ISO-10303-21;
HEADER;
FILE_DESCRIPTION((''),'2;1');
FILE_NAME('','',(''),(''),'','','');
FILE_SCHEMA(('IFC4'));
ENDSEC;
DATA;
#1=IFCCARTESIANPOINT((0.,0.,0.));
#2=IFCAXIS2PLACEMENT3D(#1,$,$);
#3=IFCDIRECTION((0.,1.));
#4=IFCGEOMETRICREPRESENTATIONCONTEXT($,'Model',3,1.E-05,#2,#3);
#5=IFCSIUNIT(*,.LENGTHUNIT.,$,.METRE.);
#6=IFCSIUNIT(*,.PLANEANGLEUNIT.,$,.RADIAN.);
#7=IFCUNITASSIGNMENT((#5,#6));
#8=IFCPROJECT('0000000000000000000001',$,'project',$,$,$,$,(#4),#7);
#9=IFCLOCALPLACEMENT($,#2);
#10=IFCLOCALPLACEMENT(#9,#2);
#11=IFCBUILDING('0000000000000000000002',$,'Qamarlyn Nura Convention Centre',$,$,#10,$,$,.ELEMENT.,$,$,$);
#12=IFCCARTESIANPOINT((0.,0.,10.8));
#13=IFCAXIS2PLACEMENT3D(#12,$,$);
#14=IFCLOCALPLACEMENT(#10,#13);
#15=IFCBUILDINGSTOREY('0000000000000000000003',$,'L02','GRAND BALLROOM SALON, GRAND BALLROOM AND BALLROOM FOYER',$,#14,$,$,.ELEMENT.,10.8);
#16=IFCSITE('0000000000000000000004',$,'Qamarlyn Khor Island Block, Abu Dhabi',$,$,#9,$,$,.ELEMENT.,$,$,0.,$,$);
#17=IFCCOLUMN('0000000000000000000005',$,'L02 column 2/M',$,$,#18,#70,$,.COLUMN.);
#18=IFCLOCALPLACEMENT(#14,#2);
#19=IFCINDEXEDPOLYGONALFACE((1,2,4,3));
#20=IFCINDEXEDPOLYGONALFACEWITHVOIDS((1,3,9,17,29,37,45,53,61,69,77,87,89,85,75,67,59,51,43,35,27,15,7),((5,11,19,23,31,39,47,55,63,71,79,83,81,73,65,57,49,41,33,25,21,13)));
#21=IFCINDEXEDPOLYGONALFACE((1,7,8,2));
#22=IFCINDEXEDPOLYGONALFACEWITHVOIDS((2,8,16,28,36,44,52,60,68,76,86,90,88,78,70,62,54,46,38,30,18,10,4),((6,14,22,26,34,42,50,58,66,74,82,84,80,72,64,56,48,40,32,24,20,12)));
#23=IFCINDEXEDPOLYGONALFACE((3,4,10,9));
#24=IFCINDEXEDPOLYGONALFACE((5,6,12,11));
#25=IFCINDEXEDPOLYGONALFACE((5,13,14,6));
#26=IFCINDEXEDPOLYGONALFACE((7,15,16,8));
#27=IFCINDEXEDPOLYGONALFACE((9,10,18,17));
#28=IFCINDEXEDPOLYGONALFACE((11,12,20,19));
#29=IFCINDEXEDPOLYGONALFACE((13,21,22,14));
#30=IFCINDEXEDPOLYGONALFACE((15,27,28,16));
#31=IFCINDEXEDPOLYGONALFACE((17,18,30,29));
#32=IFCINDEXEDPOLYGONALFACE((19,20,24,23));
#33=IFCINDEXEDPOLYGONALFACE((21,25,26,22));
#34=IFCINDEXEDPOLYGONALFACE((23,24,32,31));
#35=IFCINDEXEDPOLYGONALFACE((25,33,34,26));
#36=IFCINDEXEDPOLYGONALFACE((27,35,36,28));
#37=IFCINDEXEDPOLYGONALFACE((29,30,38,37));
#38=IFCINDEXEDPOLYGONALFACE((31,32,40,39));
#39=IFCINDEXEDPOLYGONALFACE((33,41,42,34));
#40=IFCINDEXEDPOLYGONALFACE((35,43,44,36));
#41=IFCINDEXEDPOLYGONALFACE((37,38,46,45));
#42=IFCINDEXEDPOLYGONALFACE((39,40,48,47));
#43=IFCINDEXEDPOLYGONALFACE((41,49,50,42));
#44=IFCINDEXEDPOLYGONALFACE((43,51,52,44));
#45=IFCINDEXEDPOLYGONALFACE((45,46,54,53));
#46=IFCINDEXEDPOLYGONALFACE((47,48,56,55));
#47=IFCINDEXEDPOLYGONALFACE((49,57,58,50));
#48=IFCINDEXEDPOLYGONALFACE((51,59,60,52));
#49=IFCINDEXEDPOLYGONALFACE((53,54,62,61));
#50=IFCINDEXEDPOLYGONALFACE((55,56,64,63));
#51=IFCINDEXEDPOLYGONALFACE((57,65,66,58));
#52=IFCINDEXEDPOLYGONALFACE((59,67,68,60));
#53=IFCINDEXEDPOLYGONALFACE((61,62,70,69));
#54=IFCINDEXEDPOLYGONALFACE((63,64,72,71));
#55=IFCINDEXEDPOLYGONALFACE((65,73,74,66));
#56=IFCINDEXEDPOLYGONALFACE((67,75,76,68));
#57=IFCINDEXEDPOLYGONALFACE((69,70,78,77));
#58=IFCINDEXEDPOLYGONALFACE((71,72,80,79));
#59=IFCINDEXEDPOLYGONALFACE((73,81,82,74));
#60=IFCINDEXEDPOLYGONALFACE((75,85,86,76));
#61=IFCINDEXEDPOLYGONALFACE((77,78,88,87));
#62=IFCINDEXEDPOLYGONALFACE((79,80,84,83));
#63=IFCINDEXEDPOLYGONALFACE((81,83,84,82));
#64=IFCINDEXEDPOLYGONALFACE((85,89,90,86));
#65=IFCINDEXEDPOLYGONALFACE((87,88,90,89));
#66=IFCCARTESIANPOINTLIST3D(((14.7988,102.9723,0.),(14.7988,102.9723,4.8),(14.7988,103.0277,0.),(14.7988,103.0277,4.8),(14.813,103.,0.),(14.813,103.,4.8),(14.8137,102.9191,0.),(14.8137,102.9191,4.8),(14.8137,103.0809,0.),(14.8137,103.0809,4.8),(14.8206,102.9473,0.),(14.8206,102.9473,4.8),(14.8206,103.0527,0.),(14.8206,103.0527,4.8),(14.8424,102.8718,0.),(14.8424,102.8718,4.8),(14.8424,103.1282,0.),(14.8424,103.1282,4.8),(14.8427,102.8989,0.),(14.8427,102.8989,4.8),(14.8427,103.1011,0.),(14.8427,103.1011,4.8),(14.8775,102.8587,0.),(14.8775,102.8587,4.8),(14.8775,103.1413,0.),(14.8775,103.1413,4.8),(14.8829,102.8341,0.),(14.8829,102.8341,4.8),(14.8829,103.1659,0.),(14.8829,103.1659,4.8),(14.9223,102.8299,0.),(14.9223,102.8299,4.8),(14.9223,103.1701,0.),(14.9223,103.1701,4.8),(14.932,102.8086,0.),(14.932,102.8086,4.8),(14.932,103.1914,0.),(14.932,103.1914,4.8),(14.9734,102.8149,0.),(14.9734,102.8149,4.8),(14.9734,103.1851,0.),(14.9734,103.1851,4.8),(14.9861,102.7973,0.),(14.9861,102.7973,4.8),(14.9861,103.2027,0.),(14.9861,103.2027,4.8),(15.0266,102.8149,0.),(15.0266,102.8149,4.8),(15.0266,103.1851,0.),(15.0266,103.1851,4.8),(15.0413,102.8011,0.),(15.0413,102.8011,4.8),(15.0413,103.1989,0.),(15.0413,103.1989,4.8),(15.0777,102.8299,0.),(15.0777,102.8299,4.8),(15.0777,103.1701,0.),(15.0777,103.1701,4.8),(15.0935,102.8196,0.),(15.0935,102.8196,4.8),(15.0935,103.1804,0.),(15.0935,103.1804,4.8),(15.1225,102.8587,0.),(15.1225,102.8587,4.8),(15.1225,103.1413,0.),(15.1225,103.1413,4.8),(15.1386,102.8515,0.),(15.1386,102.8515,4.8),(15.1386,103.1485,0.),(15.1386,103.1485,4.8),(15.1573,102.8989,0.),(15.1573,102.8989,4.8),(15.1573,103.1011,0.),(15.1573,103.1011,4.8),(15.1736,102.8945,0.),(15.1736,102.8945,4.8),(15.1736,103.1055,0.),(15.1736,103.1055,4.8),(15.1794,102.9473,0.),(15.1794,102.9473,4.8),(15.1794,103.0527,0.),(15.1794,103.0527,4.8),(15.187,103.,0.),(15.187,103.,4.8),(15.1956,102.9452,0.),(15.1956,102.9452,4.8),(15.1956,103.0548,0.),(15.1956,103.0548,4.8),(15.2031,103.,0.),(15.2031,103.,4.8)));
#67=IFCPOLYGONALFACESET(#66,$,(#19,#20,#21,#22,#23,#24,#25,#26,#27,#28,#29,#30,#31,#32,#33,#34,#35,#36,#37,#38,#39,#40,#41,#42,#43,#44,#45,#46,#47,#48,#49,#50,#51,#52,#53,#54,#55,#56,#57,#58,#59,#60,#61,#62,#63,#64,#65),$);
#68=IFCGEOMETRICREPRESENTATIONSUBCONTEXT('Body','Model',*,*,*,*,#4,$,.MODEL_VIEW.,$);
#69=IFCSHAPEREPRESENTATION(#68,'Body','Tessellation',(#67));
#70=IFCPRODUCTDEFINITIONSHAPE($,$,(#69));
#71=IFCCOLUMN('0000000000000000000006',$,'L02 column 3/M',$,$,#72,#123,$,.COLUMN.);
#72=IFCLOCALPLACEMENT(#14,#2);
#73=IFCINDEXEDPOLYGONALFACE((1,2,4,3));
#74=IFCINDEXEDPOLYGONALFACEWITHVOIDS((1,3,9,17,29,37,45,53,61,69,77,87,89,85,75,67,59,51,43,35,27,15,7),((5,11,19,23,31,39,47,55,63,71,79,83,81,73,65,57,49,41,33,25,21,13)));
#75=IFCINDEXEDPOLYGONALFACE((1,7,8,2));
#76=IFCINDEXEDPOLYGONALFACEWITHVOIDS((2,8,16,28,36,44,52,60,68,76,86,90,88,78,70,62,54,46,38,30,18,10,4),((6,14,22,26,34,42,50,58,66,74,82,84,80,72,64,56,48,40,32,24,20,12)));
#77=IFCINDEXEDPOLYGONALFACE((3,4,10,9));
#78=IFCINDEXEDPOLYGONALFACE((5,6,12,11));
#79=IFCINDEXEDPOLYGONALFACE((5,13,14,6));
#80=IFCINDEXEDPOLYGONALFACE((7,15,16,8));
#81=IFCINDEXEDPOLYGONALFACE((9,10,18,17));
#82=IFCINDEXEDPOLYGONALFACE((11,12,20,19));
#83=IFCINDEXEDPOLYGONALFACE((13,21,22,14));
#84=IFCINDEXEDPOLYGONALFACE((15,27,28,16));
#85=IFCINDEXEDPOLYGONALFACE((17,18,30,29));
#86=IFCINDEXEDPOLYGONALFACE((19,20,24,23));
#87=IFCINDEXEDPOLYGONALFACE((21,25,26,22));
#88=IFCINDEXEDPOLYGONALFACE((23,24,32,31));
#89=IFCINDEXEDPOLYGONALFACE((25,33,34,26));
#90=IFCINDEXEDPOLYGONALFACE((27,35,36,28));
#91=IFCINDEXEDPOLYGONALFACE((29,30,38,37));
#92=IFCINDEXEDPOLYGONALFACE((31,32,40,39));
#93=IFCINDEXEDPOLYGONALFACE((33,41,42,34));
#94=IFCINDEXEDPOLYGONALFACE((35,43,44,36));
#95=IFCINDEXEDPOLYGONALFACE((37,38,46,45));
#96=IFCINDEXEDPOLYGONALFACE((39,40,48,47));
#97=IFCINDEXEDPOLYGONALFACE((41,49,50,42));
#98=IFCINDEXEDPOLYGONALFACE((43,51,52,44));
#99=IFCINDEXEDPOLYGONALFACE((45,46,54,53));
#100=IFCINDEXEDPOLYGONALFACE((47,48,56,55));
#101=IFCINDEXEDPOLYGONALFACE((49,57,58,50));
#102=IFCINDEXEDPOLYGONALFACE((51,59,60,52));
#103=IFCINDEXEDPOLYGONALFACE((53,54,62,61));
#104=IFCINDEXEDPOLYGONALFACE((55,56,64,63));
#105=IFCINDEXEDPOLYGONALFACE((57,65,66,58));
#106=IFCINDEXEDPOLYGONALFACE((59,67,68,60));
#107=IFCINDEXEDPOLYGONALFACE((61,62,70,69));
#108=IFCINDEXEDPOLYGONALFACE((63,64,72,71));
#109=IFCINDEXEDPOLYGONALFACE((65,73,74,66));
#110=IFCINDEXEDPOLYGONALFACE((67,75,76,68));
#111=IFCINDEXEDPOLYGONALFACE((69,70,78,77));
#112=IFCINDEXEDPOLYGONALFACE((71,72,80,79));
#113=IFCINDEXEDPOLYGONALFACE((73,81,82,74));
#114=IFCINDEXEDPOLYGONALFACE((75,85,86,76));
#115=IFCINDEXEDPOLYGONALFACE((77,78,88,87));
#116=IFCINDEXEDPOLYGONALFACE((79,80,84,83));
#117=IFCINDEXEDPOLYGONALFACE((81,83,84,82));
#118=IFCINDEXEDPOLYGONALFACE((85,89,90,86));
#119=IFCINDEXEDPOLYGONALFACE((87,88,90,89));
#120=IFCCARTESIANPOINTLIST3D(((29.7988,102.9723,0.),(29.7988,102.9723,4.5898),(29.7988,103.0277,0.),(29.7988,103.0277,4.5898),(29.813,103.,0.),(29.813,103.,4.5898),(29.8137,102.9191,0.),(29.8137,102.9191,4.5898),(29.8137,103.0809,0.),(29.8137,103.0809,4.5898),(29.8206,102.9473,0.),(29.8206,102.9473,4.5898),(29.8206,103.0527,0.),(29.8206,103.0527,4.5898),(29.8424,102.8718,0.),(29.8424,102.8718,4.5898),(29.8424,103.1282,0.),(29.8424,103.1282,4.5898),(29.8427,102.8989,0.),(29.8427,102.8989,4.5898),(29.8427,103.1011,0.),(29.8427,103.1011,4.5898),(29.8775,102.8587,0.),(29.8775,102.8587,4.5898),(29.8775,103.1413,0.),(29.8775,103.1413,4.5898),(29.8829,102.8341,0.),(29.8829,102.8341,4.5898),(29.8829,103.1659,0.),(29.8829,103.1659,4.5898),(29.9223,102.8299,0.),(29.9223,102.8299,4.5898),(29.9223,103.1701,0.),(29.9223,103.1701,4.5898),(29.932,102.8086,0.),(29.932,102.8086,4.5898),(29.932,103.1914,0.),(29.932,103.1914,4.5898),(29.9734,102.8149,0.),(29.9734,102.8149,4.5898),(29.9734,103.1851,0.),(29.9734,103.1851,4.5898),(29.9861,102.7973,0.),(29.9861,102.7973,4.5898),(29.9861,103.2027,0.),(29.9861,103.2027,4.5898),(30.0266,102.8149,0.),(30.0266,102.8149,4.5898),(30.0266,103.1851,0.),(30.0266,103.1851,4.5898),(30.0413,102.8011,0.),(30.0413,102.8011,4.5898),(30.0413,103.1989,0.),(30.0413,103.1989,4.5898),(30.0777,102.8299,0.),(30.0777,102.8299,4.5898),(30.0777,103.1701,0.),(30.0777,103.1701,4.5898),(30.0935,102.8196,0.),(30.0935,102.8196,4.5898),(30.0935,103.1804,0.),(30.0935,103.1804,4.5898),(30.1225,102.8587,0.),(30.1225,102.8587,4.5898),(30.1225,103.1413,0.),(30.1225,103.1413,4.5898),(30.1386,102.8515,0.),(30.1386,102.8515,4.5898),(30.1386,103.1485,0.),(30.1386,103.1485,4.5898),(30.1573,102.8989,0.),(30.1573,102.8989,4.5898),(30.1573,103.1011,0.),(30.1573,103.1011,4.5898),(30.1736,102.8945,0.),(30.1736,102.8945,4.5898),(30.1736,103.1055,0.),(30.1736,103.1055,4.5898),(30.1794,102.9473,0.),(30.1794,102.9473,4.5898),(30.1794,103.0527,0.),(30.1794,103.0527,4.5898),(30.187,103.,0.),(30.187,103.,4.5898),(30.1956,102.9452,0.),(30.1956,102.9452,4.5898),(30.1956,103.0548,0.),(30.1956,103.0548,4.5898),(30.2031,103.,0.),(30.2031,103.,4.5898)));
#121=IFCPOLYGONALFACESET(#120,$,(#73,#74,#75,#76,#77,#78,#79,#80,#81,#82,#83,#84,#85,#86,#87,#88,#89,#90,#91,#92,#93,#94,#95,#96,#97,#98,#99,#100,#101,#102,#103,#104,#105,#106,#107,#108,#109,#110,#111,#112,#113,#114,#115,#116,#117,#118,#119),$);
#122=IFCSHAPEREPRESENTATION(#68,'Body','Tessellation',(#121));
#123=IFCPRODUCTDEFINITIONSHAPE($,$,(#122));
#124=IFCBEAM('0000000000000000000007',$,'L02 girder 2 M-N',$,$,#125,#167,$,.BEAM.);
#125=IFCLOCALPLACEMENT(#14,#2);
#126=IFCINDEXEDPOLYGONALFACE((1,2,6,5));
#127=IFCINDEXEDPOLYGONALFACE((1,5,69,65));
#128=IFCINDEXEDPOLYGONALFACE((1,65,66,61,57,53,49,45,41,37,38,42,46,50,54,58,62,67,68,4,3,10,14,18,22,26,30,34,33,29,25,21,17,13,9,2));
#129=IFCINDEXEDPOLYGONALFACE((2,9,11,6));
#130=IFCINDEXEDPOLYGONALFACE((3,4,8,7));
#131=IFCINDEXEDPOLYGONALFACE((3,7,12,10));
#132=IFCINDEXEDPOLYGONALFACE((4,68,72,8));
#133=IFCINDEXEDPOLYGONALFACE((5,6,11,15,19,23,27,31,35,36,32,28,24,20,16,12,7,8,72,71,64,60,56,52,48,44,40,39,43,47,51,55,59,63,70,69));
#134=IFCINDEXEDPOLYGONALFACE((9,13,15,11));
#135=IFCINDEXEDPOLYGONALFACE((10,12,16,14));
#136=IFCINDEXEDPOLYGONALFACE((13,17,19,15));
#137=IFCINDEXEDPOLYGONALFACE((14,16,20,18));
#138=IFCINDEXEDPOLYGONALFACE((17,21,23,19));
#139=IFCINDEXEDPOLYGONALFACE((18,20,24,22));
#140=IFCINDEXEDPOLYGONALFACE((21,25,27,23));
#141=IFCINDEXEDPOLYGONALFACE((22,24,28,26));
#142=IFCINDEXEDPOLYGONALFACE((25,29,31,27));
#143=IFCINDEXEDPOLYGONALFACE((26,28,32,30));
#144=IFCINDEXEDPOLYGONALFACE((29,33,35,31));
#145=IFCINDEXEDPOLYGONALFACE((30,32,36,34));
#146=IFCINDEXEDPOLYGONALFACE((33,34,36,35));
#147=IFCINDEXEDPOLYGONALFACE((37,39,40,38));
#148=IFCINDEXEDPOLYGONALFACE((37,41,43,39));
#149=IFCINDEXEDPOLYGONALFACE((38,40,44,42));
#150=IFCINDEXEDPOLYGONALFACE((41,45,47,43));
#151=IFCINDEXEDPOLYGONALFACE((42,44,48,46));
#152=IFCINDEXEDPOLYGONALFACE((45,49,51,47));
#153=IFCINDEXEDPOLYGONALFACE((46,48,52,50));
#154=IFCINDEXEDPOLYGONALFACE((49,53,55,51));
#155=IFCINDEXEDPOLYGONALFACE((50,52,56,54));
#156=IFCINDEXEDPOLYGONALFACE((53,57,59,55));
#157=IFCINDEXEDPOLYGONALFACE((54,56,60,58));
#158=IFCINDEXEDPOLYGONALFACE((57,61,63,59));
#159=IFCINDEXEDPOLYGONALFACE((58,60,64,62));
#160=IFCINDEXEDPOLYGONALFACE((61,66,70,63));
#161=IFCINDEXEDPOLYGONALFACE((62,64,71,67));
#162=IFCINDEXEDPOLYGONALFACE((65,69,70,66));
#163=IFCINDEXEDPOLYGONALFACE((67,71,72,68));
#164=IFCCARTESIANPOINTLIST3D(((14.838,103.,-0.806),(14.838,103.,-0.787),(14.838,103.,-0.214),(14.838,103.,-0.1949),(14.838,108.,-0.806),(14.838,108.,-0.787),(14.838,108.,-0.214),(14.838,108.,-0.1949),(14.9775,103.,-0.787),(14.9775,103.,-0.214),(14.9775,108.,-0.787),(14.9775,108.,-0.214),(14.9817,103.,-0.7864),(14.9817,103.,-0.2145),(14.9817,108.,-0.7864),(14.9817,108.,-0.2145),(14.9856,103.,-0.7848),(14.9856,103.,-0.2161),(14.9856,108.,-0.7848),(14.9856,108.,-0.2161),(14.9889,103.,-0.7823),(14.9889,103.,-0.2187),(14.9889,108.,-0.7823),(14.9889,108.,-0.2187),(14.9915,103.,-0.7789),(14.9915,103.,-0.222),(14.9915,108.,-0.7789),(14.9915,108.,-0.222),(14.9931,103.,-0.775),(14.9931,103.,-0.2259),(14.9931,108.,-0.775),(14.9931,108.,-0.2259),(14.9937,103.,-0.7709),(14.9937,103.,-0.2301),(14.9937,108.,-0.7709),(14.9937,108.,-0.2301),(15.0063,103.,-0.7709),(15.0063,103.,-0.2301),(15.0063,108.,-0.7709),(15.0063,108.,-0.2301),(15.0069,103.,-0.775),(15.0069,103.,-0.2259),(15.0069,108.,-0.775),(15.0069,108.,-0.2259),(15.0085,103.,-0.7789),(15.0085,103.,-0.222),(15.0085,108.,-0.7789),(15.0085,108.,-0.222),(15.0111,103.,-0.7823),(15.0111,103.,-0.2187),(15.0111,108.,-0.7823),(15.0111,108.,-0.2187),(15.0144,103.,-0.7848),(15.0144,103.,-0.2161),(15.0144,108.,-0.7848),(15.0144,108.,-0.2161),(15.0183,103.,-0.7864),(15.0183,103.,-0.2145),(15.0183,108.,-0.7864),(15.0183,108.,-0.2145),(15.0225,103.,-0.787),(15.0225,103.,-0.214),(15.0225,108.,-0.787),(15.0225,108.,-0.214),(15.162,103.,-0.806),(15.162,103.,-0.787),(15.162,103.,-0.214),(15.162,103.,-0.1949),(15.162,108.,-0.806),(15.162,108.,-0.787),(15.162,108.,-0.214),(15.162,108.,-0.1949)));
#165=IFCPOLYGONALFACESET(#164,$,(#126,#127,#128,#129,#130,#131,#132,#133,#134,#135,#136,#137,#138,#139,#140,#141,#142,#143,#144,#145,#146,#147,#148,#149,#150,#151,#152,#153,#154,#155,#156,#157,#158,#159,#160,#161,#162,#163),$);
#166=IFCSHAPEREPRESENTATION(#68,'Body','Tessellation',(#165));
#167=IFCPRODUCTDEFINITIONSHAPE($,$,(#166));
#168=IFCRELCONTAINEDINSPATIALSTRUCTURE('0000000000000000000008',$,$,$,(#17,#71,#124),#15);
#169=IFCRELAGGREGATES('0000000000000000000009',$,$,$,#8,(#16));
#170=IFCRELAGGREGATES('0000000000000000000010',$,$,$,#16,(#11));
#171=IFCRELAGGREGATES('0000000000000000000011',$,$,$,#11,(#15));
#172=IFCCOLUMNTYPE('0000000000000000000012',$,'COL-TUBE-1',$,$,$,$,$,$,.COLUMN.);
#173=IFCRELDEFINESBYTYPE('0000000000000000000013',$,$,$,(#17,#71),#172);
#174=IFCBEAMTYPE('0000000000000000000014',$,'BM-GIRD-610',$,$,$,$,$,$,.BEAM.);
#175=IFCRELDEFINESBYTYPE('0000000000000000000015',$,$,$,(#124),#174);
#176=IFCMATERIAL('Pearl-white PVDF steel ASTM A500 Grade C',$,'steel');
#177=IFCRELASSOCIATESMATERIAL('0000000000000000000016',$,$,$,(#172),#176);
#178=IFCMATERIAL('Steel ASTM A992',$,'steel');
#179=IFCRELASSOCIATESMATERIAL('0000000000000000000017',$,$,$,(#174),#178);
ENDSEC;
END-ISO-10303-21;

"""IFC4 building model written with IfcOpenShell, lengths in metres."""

from ifc_helpers import new_model, si_unit, direction, frame, origin, origin_2d, place, context, subcontext, project, spatial, hollow_circle, i_section, extrude, material, material_profile, profile_set, type_object, element, save


model = new_model("IFC4")

# Units and contexts
model_context = context("Model", 3, precision=1e-05, world=origin(), true_north=direction((0.0, 1.0)))
body_context = subcontext(model_context, "Body", "Model", "MODEL_VIEW")
ifc_project = project(units=[si_unit("LENGTHUNIT", "METRE"), si_unit("PLANEANGLEUNIT", "RADIAN")], contexts=[model_context])

# Site, building, storey
site_placement = place(None, origin())
site = spatial("IfcSite", under=ifc_project, at=site_placement, Name="Qamarlyn Khor Island Block, Abu Dhabi", CompositionType="ELEMENT", RefElevation=0.0)
building_placement = place(site_placement, origin())
building = spatial("IfcBuilding", under=site, at=building_placement, Name="Qamarlyn Nura Convention Centre", CompositionType="ELEMENT")
storey_placement = place(building_placement, frame((0.0, 0.0, 10.8)))
storey = spatial("IfcBuildingStorey", under=building, at=storey_placement, Name="L02", Description="GRAND BALLROOM SALON, GRAND BALLROOM AND BALLROOM FOYER", CompositionType="ELEMENT", Elevation=10.8)

# Columns
ifc_material_1 = material(Name="Pearl-white PVDF steel ASTM A500 Grade C", Category="steel")
ifc_material_profile_1 = material_profile(ifc_material_1, hollow_circle(Radius=0.2031, WallThickness=0.0161, at=origin_2d()), Name="CHS406.4X16")
ifc_profile_set_1 = profile_set([ifc_material_profile_1], Name="Pearl-white PVDF steel ASTM A500 Grade C")
column_type = type_object("IfcColumnType", Name="COL-TUBE-1", PredefinedType="COLUMN", material=ifc_profile_set_1)
column_1_placement = place(storey_placement, frame((15.0, 103.0, 0.0), z_axis=(0.0, 0.0, 1.0), x_axis=(1.0, 0.0, 0.0)))
element("IfcColumn", 1, at=column_1_placement, inside=storey, type_object=column_type, Name="L02 column 2/M", PredefinedType="COLUMN", context=body_context, shape_type="SweptSolid", body=[
    extrude(hollow_circle(Radius=0.2031, WallThickness=0.0161, at=origin_2d()), origin(), (0.0, 0.0, 1.0), 4.8),
])
column_2_placement = place(storey_placement, frame((30.0, 103.0, 0.0), z_axis=(0.0, 0.0, 1.0), x_axis=(1.0, 0.0, 0.0)))
element("IfcColumn", 2, at=column_2_placement, inside=storey, type_object=column_type, Name="L02 column 3/M", PredefinedType="COLUMN", context=body_context, shape_type="SweptSolid", body=[
    extrude(hollow_circle(Radius=0.2031, WallThickness=0.0161, at=origin_2d()), origin(), (0.0, 0.0, 1.0), 4.5898),
])

# Beam
ifc_material_2 = material(Name="Steel ASTM A992", Category="steel")
ifc_material_profile_2 = material_profile(ifc_material_2, i_section(OverallWidth=0.324, OverallDepth=0.6111, WebThickness=0.0127, FlangeThickness=0.019, FilletRadius=0.0161, at=origin_2d()), Name="W610X155")
ifc_profile_set_2 = profile_set([ifc_material_profile_2], Name="Steel ASTM A992")
beam_type_1 = type_object("IfcBeamType", Name="BM-GIRD-610", PredefinedType="BEAM", material=ifc_profile_set_2)
beam_1_placement = place(storey_placement, frame((15.0, 103.0, -0.5005), z_axis=(0.0, 1.0, 0.0), x_axis=(-1.0, 0.0, 0.0)))
element("IfcBeam", 3, at=beam_1_placement, inside=storey, type_object=beam_type_1, Name="L02 girder 2 M-N", PredefinedType="BEAM", context=body_context, shape_type="SweptSolid", body=[
    extrude(i_section(OverallWidth=0.324, OverallDepth=0.6111, WebThickness=0.0127, FlangeThickness=0.019, FilletRadius=0.0161, at=origin_2d()), origin(), (0.0, 0.0, 1.0), 5.0),
])

save(model, "model.ifc")
